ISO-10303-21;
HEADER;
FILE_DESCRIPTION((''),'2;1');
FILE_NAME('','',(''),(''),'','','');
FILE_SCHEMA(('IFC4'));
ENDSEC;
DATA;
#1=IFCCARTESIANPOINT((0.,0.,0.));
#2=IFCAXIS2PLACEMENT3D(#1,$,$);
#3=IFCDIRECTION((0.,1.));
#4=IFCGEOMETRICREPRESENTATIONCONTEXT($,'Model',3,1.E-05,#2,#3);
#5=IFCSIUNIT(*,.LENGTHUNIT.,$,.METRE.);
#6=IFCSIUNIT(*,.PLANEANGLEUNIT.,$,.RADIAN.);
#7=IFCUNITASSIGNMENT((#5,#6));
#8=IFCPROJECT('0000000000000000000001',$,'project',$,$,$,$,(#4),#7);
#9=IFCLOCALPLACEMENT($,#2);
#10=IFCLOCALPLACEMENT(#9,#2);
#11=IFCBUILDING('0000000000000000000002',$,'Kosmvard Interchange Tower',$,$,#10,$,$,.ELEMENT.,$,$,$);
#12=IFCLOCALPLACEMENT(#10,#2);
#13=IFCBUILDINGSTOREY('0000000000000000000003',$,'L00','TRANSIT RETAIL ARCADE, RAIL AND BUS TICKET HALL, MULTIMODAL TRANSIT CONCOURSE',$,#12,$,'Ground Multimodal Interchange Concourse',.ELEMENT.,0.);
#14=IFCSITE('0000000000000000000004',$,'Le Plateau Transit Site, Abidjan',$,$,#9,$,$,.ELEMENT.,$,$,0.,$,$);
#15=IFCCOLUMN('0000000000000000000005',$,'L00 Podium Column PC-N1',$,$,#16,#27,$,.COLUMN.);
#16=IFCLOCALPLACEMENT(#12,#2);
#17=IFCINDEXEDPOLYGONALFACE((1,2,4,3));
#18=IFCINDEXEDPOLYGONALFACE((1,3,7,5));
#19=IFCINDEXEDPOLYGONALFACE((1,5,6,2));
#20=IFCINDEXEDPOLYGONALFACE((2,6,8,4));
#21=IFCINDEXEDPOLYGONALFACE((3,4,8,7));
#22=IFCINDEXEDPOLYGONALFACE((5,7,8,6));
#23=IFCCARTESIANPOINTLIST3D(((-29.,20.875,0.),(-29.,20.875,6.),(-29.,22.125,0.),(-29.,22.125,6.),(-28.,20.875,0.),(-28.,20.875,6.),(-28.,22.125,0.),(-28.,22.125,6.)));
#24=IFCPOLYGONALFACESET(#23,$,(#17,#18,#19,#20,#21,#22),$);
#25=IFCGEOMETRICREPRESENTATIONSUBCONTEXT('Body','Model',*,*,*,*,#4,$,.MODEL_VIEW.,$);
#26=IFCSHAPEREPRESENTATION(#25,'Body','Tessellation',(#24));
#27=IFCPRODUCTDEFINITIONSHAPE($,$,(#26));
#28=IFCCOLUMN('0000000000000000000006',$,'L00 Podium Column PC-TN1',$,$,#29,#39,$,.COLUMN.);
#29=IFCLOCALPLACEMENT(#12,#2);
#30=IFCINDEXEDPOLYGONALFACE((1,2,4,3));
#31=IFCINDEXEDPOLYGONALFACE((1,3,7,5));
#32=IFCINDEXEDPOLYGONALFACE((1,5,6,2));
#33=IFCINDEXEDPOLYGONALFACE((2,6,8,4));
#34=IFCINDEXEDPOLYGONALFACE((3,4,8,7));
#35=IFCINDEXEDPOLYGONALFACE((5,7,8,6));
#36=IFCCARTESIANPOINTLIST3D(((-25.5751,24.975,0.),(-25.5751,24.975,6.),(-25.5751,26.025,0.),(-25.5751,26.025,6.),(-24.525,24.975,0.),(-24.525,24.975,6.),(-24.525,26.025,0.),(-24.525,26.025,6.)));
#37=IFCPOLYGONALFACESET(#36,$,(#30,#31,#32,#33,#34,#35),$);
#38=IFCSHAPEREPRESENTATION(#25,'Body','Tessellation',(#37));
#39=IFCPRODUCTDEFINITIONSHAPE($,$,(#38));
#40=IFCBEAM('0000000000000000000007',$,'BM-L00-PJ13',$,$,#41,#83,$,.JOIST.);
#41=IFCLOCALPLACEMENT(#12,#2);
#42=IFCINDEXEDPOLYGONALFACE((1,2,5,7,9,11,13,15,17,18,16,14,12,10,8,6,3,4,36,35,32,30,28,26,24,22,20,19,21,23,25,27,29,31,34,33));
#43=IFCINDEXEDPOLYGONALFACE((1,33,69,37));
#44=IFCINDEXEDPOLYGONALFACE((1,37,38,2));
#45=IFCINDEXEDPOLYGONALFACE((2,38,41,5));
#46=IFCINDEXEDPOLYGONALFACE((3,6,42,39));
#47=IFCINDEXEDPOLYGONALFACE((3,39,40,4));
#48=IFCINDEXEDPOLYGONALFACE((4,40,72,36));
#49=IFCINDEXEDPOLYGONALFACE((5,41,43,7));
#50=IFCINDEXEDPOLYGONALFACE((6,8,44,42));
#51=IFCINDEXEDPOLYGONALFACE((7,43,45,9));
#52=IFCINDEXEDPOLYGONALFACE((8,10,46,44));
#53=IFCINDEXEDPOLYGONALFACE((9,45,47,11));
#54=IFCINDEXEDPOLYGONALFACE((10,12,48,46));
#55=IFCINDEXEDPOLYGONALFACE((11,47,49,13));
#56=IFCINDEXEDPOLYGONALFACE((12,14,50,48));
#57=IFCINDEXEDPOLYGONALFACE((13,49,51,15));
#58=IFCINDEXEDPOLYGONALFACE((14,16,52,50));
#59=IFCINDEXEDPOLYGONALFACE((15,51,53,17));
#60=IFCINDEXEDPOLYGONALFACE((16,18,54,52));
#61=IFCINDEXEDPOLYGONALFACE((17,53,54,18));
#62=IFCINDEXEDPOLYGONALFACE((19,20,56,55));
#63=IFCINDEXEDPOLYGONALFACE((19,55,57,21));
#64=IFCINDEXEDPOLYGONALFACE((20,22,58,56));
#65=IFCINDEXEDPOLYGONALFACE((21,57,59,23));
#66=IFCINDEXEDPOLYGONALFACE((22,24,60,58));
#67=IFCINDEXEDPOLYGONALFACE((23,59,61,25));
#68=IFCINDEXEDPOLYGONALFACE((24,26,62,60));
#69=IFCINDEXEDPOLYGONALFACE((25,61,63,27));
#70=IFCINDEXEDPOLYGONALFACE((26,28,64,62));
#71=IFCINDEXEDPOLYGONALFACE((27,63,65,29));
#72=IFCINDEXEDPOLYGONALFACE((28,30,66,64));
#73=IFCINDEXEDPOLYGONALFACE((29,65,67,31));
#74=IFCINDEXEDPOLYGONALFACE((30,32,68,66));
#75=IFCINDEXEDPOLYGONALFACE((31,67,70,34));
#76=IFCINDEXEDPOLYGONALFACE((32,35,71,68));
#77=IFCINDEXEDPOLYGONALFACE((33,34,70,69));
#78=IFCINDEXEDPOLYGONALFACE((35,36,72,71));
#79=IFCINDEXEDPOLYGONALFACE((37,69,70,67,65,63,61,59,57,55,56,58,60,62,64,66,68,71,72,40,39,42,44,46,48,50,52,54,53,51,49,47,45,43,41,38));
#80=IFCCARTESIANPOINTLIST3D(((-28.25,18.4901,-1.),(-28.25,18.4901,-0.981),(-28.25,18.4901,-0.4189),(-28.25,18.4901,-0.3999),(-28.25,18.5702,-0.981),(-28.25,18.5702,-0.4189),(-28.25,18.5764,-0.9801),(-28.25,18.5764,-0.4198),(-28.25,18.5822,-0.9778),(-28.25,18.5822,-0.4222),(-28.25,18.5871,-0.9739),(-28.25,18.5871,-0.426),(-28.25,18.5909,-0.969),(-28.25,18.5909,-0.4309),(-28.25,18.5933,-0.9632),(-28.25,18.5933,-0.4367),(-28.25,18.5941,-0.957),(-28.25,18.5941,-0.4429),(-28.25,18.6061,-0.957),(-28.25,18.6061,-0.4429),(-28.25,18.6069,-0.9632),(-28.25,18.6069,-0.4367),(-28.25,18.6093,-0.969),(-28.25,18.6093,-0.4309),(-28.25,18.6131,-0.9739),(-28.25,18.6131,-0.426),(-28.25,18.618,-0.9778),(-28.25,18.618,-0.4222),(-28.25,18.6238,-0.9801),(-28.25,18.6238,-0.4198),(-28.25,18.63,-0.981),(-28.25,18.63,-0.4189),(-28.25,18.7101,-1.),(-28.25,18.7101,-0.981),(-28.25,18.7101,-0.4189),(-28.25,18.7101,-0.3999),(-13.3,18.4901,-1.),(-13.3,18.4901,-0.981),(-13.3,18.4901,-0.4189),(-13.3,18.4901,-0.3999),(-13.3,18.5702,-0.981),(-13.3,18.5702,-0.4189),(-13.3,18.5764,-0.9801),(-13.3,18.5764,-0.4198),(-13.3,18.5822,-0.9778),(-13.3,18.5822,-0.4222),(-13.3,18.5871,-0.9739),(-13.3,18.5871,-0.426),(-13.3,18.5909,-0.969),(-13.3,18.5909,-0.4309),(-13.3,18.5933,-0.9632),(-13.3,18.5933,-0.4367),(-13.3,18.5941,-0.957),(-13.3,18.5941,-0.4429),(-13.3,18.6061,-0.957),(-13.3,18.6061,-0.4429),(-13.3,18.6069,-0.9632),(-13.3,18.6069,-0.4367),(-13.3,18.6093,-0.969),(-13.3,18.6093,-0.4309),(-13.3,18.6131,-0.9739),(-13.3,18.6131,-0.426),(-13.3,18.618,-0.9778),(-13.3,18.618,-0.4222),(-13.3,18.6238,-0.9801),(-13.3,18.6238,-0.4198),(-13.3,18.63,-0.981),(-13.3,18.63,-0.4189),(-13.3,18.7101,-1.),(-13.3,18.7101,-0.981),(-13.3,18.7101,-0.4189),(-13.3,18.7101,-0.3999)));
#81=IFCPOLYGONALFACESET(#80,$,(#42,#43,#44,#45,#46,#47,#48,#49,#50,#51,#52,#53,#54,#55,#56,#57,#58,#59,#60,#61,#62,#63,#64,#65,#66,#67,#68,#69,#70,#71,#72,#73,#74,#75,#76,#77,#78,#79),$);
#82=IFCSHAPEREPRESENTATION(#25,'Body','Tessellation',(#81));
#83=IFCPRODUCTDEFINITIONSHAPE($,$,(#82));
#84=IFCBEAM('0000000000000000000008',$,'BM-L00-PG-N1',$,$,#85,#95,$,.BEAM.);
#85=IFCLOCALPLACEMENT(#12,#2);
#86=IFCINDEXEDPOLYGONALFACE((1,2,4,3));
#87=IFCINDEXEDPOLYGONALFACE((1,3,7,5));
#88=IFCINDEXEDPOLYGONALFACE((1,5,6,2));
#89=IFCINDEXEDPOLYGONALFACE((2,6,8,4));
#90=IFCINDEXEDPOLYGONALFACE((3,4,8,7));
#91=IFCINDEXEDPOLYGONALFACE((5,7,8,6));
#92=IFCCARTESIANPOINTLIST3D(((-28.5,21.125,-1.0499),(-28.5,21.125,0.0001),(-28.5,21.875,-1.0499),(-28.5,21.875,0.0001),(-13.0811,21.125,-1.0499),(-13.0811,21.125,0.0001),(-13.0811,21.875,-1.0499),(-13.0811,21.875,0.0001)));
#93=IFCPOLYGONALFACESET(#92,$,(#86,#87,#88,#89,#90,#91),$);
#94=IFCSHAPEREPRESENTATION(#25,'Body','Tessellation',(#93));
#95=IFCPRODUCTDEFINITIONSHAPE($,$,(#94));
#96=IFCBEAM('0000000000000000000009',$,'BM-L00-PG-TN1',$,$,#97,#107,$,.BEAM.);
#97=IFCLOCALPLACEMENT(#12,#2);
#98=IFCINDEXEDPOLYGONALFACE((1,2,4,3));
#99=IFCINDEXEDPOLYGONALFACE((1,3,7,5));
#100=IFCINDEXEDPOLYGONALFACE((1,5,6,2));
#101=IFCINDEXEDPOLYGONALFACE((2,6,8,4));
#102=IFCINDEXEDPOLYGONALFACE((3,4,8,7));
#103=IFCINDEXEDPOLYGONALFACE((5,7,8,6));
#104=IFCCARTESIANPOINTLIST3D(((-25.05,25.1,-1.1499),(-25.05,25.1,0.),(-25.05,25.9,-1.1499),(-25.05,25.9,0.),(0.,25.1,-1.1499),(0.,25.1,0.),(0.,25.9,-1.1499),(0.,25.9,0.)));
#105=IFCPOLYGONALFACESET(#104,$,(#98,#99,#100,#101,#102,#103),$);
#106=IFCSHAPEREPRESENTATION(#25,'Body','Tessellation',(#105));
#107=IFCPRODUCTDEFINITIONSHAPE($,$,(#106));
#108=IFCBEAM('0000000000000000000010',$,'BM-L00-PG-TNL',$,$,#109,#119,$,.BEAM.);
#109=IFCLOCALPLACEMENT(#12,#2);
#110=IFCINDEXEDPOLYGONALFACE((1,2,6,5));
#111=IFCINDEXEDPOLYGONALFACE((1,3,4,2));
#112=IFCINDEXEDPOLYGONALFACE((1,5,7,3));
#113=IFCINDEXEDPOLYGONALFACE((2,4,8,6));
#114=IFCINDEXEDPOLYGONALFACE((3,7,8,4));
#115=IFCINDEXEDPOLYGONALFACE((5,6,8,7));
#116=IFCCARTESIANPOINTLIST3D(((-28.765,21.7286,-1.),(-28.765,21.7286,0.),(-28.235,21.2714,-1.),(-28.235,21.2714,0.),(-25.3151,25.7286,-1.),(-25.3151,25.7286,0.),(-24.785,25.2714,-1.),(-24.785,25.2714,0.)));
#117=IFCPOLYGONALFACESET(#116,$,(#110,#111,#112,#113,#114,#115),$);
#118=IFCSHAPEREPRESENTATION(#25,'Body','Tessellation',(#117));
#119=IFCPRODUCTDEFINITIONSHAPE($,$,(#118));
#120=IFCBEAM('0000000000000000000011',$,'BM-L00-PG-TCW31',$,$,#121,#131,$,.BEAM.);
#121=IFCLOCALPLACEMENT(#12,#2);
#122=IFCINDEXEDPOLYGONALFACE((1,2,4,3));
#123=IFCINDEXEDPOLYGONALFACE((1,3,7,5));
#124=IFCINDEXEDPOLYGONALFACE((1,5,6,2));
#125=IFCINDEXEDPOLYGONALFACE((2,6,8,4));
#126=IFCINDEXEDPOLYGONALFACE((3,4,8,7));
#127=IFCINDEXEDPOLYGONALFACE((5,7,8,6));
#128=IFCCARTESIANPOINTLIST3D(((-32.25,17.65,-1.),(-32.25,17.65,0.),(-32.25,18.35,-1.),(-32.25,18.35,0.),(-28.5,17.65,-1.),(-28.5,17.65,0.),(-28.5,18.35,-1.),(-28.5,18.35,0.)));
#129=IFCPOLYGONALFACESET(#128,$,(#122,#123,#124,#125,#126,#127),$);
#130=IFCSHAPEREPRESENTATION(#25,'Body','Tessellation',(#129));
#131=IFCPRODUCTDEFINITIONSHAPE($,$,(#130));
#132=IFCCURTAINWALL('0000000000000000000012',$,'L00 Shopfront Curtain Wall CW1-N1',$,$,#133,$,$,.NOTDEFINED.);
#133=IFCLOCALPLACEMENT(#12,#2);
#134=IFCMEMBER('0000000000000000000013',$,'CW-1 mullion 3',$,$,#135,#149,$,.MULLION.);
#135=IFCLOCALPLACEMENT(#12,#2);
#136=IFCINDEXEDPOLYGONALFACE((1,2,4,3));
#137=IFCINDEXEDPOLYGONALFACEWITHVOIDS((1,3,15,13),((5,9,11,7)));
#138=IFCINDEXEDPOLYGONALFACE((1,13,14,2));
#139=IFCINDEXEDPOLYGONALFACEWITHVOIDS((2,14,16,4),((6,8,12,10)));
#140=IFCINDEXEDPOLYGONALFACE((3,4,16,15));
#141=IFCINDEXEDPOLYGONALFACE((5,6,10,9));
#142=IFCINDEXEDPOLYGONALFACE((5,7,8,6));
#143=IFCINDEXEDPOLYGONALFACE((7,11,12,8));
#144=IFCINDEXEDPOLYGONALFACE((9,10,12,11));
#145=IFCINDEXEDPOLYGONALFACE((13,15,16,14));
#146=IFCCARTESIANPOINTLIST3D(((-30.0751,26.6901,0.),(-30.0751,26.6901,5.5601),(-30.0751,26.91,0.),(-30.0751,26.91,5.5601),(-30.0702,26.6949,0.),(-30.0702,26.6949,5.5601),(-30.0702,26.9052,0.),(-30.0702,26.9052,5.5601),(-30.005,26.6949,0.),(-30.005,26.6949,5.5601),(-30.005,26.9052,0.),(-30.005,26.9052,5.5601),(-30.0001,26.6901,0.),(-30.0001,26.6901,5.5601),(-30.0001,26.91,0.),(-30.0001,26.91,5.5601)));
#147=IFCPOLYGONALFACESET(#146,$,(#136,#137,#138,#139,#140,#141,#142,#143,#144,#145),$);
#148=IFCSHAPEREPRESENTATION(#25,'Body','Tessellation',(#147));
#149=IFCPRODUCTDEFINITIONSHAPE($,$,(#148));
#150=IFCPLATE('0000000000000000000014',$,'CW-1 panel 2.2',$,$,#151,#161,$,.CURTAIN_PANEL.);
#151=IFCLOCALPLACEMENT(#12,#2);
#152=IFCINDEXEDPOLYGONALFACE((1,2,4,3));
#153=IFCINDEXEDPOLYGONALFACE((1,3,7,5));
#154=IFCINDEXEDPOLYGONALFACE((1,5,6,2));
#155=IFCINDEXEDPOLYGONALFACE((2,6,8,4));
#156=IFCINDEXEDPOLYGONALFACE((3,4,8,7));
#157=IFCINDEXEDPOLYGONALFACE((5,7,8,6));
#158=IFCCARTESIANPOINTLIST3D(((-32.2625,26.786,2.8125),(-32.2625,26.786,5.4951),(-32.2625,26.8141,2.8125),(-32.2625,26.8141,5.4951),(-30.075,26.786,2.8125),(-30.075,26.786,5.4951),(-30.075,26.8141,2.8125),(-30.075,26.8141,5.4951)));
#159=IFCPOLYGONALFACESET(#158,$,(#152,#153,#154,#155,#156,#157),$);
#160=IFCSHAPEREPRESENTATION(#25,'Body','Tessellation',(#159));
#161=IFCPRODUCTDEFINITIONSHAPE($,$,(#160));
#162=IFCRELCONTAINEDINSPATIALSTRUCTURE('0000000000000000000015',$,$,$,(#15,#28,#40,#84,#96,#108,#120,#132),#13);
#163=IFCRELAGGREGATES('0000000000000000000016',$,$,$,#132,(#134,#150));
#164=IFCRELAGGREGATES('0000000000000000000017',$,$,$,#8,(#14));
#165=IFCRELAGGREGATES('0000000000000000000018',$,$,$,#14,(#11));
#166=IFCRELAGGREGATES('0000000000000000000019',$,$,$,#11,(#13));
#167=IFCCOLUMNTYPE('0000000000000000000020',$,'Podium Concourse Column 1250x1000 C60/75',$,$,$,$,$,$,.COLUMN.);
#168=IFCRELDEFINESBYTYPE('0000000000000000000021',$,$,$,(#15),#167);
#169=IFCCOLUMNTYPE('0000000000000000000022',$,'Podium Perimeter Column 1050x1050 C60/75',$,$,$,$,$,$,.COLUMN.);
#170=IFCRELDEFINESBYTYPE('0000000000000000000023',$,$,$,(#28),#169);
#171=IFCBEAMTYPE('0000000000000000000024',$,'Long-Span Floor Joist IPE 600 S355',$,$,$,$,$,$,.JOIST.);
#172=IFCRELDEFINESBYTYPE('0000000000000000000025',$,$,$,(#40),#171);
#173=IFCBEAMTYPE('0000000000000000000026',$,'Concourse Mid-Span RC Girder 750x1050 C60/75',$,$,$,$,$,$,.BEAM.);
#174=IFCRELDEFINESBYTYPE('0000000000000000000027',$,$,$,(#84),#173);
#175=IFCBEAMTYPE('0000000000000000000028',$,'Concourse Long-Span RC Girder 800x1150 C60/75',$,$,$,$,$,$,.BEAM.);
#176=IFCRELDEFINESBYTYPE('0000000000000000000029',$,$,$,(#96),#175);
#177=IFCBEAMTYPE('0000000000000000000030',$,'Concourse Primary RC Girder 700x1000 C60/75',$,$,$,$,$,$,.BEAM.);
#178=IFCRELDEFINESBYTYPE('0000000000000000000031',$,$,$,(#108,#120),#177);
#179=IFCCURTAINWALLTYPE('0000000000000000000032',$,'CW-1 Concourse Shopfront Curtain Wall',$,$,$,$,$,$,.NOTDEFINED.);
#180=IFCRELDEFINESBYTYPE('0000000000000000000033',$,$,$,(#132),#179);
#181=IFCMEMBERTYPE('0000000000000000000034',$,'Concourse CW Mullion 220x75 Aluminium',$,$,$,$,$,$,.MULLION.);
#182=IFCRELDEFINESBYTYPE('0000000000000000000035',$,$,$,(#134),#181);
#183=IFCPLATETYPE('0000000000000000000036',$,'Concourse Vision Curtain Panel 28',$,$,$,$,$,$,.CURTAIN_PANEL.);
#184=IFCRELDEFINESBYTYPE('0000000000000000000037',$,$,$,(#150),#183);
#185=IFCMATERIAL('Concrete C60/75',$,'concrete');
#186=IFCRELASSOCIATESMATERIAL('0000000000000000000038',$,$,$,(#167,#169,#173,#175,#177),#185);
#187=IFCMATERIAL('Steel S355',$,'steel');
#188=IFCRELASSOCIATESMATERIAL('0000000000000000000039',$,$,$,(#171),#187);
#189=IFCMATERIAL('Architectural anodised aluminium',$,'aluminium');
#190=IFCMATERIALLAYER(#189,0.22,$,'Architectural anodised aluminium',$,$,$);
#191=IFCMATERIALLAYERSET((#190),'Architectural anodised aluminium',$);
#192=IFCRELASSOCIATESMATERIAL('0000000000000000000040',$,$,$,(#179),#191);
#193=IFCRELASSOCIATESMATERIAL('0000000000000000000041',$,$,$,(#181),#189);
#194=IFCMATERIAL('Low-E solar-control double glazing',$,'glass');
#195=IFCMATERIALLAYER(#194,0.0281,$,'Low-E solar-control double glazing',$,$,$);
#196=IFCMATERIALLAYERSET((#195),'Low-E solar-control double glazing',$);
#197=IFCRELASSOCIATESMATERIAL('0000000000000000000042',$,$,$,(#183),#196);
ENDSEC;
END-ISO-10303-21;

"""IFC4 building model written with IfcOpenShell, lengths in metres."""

from ifc_helpers import new_model, si_unit, direction, frame, origin, origin_2d, place, context, subcontext, project, spatial, rectangle, hollow_rectangle, i_section, extrude, source, transform, mapped, material, layer, layer_set, material_profile, profile_set, type_object, element, aggregate, save


model = new_model("IFC4")

# Units and contexts
model_context = context("Model", 3, precision=1e-05, world=origin(), true_north=direction((0.0, 1.0)))
body_context = subcontext(model_context, "Body", "Model", "MODEL_VIEW")
ifc_project = project(units=[si_unit("LENGTHUNIT", "METRE"), si_unit("PLANEANGLEUNIT", "RADIAN")], contexts=[model_context])

# Site, building, storey
site_placement = place(None, origin())
site = spatial("IfcSite", under=ifc_project, at=site_placement, Name="Le Plateau Transit Site, Abidjan", CompositionType="ELEMENT", RefElevation=0.0)
building_placement = place(site_placement, origin())
building = spatial("IfcBuilding", under=site, at=building_placement, Name="Kosmvard Interchange Tower", CompositionType="ELEMENT")
storey_placement = place(building_placement, origin())
storey = spatial("IfcBuildingStorey", under=building, at=storey_placement, Name="L00", Description="TRANSIT RETAIL ARCADE, RAIL AND BUS TICKET HALL, MULTIMODAL TRANSIT CONCOURSE", LongName="Ground Multimodal Interchange Concourse", CompositionType="ELEMENT", Elevation=0.0)

# Columns
ifc_material_1 = material(Name="Concrete C60/75", Category="concrete")
ifc_material_profile_1 = material_profile(ifc_material_1, rectangle(XDim=1.0, YDim=1.25, at=origin_2d()), Name="PC 1250x1000")
ifc_profile_set_1 = profile_set([ifc_material_profile_1], Name="Concrete C60/75")
column_type_1 = type_object("IfcColumnType", Name="Podium Concourse Column 1250x1000 C60/75", PredefinedType="COLUMN", material=ifc_profile_set_1)
shared_shape_1 = source(origin(), body_context, "Body", "SweptSolid", [
    extrude(rectangle(XDim=1.0, YDim=1.25, at=origin_2d()), origin(), (0.0, 0.0, 1.0), 6.0),
])
column_1_placement = place(storey_placement, frame((-28.5, 21.5, 0.0), z_axis=(0.0, 0.0, 1.0), x_axis=(1.0, 0.0, 0.0)))
element("IfcColumn", 1, at=column_1_placement, inside=storey, type_object=column_type_1, Name="L00 Podium Column PC-N1", PredefinedType="COLUMN", context=body_context, shape_type="MappedRepresentation", body=[
    mapped(shared_shape_1, transform((0.0, 0.0, 0.0), scale=1.0)),
])
ifc_material_profile_2 = material_profile(ifc_material_1, rectangle(XDim=1.05, YDim=1.05, at=origin_2d()), Name="PC 1050x1050")
ifc_profile_set_2 = profile_set([ifc_material_profile_2], Name="Concrete C60/75")
column_type_2 = type_object("IfcColumnType", Name="Podium Perimeter Column 1050x1050 C60/75", PredefinedType="COLUMN", material=ifc_profile_set_2)
shared_shape_2 = source(origin(), body_context, "Body", "SweptSolid", [
    extrude(rectangle(XDim=1.05, YDim=1.05, at=origin_2d()), origin(), (0.0, 0.0, 1.0), 6.0),
])
column_2_placement = place(storey_placement, frame((-25.05, 25.5, 0.0), z_axis=(0.0, 0.0, 1.0), x_axis=(1.0, 0.0, 0.0)))
element("IfcColumn", 2, at=column_2_placement, inside=storey, type_object=column_type_2, Name="L00 Podium Column PC-TN1", PredefinedType="COLUMN", context=body_context, shape_type="MappedRepresentation", body=[
    mapped(shared_shape_2, transform((0.0, 0.0, 0.0), scale=1.0)),
])

# Beams
ifc_material_2 = material(Name="Steel S355", Category="steel")
ifc_material_profile_3 = material_profile(ifc_material_2, i_section(OverallWidth=0.22, OverallDepth=0.6001, WebThickness=0.012, FlangeThickness=0.019, FilletRadius=0.0239, at=origin_2d()), Name="IPE 600")
ifc_profile_set_3 = profile_set([ifc_material_profile_3], Name="Steel S355")
beam_type_1 = type_object("IfcBeamType", Name="Long-Span Floor Joist IPE 600 S355", PredefinedType="JOIST", material=ifc_profile_set_3)
shared_shape_3 = source(origin(), body_context, "Body", "SweptSolid", [
    extrude(i_section(OverallWidth=0.22, OverallDepth=0.6001, WebThickness=0.012, FlangeThickness=0.019, FilletRadius=0.0239, at=origin_2d()), origin(), (0.0, 0.0, 1.0), 14.95),
])
beam_1_placement = place(storey_placement, frame((-28.25, 18.6001, -0.7), z_axis=(1.0, 0.0, 0.0), x_axis=(0.0, 1.0, 0.0)))
element("IfcBeam", 3, at=beam_1_placement, inside=storey, type_object=beam_type_1, Name="BM-L00-PJ13", PredefinedType="JOIST", context=body_context, shape_type="MappedRepresentation", body=[
    mapped(shared_shape_3, transform((0.0, 0.0, 0.0), scale=1.0)),
])
ifc_material_profile_4 = material_profile(ifc_material_1, rectangle(XDim=0.75, YDim=1.05, at=origin_2d()), Name="RCG 750x1050")
ifc_profile_set_4 = profile_set([ifc_material_profile_4], Name="Concrete C60/75")
beam_type_2 = type_object("IfcBeamType", Name="Concourse Mid-Span RC Girder 750x1050 C60/75", PredefinedType="BEAM", material=ifc_profile_set_4)
shared_shape_4 = source(origin(), body_context, "Body", "SweptSolid", [
    extrude(rectangle(XDim=0.75, YDim=1.05, at=origin_2d()), origin(), (0.0, 0.0, 1.0), 15.4189),
])
beam_2_placement = place(storey_placement, frame((-28.5, 21.5, -0.5249), z_axis=(1.0, 0.0, 0.0), x_axis=(0.0, 1.0, 0.0)))
element("IfcBeam", 4, at=beam_2_placement, inside=storey, type_object=beam_type_2, Name="BM-L00-PG-N1", PredefinedType="BEAM", context=body_context, shape_type="MappedRepresentation", body=[
    mapped(shared_shape_4, transform((0.0, 0.0, 0.0), scale=1.0)),
])
ifc_material_profile_5 = material_profile(ifc_material_1, rectangle(XDim=0.8, YDim=1.1499, at=origin_2d()), Name="RCG 800x1150")
ifc_profile_set_5 = profile_set([ifc_material_profile_5], Name="Concrete C60/75")
beam_type_3 = type_object("IfcBeamType", Name="Concourse Long-Span RC Girder 800x1150 C60/75", PredefinedType="BEAM", material=ifc_profile_set_5)
shared_shape_5 = source(origin(), body_context, "Body", "SweptSolid", [
    extrude(rectangle(XDim=0.8, YDim=1.1499, at=origin_2d()), origin(), (0.0, 0.0, 1.0), 25.05),
])
beam_3_placement = place(storey_placement, frame((-25.05, 25.5, -0.575), z_axis=(1.0, 0.0, 0.0), x_axis=(0.0, 1.0, 0.0)))
element("IfcBeam", 5, at=beam_3_placement, inside=storey, type_object=beam_type_3, Name="BM-L00-PG-TN1", PredefinedType="BEAM", context=body_context, shape_type="MappedRepresentation", body=[
    mapped(shared_shape_5, transform((0.0, 0.0, 0.0), scale=1.0)),
])
ifc_material_profile_6 = material_profile(ifc_material_1, rectangle(XDim=0.7, YDim=1.0, at=origin_2d()), Name="RCG 700x1000")
ifc_profile_set_6 = profile_set([ifc_material_profile_6], Name="Concrete C60/75")
beam_type_4 = type_object("IfcBeamType", Name="Concourse Primary RC Girder 700x1000 C60/75", PredefinedType="BEAM", material=ifc_profile_set_6)
shared_shape_6 = source(origin(), body_context, "Body", "SweptSolid", [
    extrude(rectangle(XDim=0.7, YDim=1.0, at=origin_2d()), origin(), (0.0, 0.0, 1.0), 5.2822),
])
beam_4_placement = place(storey_placement, frame((-25.05, 25.5, -0.5), z_axis=(-0.653122, -0.757253, 0.0), x_axis=(0.757253, -0.653122, 0.0)))
element("IfcBeam", 6, at=beam_4_placement, inside=storey, type_object=beam_type_4, Name="BM-L00-PG-TNL", PredefinedType="BEAM", context=body_context, shape_type="MappedRepresentation", body=[
    mapped(shared_shape_6, transform((0.0, 0.0, 0.0), scale=1.0)),
])
shared_shape_7 = source(origin(), body_context, "Body", "SweptSolid", [
    extrude(rectangle(XDim=0.7, YDim=1.0, at=origin_2d()), origin(), (0.0, 0.0, 1.0), 3.75),
])
beam_5_placement = place(storey_placement, frame((-28.5, 18.0, -0.5), z_axis=(-1.0, 0.0, 0.0), x_axis=(0.0, -1.0, 0.0)))
element("IfcBeam", 7, at=beam_5_placement, inside=storey, type_object=beam_type_4, Name="BM-L00-PG-TCW31", PredefinedType="BEAM", context=body_context, shape_type="MappedRepresentation", body=[
    mapped(shared_shape_7, transform((0.0, 0.0, 0.0), scale=1.0)),
])

# Curtain wall, member, plate
ifc_material_3 = material(Name="Architectural anodised aluminium", Category="aluminium")
ifc_layer_1 = layer(ifc_material_3, 0.22, Name="Architectural anodised aluminium")
ifc_layer_set_1 = layer_set([ifc_layer_1], Name="Architectural anodised aluminium")
curtain_wall_type = type_object("IfcCurtainWallType", Name="CW-1 Concourse Shopfront Curtain Wall", PredefinedType="NOTDEFINED", material=ifc_layer_set_1)
curtain_wall_placement = place(storey_placement, origin())
curtain_wall = element("IfcCurtainWall", 8, at=curtain_wall_placement, inside=storey, type_object=curtain_wall_type, Name="L00 Shopfront Curtain Wall CW1-N1", PredefinedType="NOTDEFINED")
ifc_material_profile_7 = material_profile(ifc_material_3, hollow_rectangle(XDim=0.22, YDim=0.075, WallThickness=0.0049, at=origin_2d()), Name="CWM 220x75x5")
ifc_profile_set_7 = profile_set([ifc_material_profile_7], Name="Architectural anodised aluminium")
member_type = type_object("IfcMemberType", Name="Concourse CW Mullion 220x75 Aluminium", PredefinedType="MULLION", material=ifc_profile_set_7)
shared_shape_8 = source(origin(), body_context, "Body", "SweptSolid", [
    extrude(hollow_rectangle(XDim=0.22, YDim=0.075, WallThickness=0.0049, at=origin_2d()), origin(), (0.0, 0.0, 1.0), 5.5601),
])
member_placement = place(storey_placement, frame((-30.0376, 26.8, 0.0), z_axis=(0.0, 0.0, 1.0), x_axis=(0.0, 1.0, 0.0)))
member = element("IfcMember", 9, at=member_placement, type_object=member_type, Name="CW-1 mullion 3", PredefinedType="MULLION", context=body_context, shape_type="MappedRepresentation", body=[
    mapped(shared_shape_8, transform((0.0, 0.0, 0.0), scale=1.0)),
])
ifc_material_4 = material(Name="Low-E solar-control double glazing", Category="glass")
ifc_layer_2 = layer(ifc_material_4, 0.0281, Name="Low-E solar-control double glazing")
ifc_layer_set_2 = layer_set([ifc_layer_2], Name="Low-E solar-control double glazing")
plate_type = type_object("IfcPlateType", Name="Concourse Vision Curtain Panel 28", PredefinedType="CURTAIN_PANEL", material=ifc_layer_set_2)
shared_shape_9 = source(origin(), body_context, "Body", "SweptSolid", [
    extrude(rectangle(XDim=2.1875, YDim=0.0281, at=origin_2d()), origin(), (0.0, 0.0, 1.0), 2.6826),
])
plate_placement = place(storey_placement, frame((-31.1687, 26.8, 2.8125), z_axis=(0.0, 0.0, 1.0), x_axis=(1.0, 0.0, 0.0)))
plate = element("IfcPlate", 10, at=plate_placement, type_object=plate_type, Name="CW-1 panel 2.2", PredefinedType="CURTAIN_PANEL", context=body_context, shape_type="MappedRepresentation", body=[
    mapped(shared_shape_9, transform((0.0, 0.0, 0.0), scale=1.0)),
])
aggregate(curtain_wall, [member, plate])

save(model, "model.ifc")
